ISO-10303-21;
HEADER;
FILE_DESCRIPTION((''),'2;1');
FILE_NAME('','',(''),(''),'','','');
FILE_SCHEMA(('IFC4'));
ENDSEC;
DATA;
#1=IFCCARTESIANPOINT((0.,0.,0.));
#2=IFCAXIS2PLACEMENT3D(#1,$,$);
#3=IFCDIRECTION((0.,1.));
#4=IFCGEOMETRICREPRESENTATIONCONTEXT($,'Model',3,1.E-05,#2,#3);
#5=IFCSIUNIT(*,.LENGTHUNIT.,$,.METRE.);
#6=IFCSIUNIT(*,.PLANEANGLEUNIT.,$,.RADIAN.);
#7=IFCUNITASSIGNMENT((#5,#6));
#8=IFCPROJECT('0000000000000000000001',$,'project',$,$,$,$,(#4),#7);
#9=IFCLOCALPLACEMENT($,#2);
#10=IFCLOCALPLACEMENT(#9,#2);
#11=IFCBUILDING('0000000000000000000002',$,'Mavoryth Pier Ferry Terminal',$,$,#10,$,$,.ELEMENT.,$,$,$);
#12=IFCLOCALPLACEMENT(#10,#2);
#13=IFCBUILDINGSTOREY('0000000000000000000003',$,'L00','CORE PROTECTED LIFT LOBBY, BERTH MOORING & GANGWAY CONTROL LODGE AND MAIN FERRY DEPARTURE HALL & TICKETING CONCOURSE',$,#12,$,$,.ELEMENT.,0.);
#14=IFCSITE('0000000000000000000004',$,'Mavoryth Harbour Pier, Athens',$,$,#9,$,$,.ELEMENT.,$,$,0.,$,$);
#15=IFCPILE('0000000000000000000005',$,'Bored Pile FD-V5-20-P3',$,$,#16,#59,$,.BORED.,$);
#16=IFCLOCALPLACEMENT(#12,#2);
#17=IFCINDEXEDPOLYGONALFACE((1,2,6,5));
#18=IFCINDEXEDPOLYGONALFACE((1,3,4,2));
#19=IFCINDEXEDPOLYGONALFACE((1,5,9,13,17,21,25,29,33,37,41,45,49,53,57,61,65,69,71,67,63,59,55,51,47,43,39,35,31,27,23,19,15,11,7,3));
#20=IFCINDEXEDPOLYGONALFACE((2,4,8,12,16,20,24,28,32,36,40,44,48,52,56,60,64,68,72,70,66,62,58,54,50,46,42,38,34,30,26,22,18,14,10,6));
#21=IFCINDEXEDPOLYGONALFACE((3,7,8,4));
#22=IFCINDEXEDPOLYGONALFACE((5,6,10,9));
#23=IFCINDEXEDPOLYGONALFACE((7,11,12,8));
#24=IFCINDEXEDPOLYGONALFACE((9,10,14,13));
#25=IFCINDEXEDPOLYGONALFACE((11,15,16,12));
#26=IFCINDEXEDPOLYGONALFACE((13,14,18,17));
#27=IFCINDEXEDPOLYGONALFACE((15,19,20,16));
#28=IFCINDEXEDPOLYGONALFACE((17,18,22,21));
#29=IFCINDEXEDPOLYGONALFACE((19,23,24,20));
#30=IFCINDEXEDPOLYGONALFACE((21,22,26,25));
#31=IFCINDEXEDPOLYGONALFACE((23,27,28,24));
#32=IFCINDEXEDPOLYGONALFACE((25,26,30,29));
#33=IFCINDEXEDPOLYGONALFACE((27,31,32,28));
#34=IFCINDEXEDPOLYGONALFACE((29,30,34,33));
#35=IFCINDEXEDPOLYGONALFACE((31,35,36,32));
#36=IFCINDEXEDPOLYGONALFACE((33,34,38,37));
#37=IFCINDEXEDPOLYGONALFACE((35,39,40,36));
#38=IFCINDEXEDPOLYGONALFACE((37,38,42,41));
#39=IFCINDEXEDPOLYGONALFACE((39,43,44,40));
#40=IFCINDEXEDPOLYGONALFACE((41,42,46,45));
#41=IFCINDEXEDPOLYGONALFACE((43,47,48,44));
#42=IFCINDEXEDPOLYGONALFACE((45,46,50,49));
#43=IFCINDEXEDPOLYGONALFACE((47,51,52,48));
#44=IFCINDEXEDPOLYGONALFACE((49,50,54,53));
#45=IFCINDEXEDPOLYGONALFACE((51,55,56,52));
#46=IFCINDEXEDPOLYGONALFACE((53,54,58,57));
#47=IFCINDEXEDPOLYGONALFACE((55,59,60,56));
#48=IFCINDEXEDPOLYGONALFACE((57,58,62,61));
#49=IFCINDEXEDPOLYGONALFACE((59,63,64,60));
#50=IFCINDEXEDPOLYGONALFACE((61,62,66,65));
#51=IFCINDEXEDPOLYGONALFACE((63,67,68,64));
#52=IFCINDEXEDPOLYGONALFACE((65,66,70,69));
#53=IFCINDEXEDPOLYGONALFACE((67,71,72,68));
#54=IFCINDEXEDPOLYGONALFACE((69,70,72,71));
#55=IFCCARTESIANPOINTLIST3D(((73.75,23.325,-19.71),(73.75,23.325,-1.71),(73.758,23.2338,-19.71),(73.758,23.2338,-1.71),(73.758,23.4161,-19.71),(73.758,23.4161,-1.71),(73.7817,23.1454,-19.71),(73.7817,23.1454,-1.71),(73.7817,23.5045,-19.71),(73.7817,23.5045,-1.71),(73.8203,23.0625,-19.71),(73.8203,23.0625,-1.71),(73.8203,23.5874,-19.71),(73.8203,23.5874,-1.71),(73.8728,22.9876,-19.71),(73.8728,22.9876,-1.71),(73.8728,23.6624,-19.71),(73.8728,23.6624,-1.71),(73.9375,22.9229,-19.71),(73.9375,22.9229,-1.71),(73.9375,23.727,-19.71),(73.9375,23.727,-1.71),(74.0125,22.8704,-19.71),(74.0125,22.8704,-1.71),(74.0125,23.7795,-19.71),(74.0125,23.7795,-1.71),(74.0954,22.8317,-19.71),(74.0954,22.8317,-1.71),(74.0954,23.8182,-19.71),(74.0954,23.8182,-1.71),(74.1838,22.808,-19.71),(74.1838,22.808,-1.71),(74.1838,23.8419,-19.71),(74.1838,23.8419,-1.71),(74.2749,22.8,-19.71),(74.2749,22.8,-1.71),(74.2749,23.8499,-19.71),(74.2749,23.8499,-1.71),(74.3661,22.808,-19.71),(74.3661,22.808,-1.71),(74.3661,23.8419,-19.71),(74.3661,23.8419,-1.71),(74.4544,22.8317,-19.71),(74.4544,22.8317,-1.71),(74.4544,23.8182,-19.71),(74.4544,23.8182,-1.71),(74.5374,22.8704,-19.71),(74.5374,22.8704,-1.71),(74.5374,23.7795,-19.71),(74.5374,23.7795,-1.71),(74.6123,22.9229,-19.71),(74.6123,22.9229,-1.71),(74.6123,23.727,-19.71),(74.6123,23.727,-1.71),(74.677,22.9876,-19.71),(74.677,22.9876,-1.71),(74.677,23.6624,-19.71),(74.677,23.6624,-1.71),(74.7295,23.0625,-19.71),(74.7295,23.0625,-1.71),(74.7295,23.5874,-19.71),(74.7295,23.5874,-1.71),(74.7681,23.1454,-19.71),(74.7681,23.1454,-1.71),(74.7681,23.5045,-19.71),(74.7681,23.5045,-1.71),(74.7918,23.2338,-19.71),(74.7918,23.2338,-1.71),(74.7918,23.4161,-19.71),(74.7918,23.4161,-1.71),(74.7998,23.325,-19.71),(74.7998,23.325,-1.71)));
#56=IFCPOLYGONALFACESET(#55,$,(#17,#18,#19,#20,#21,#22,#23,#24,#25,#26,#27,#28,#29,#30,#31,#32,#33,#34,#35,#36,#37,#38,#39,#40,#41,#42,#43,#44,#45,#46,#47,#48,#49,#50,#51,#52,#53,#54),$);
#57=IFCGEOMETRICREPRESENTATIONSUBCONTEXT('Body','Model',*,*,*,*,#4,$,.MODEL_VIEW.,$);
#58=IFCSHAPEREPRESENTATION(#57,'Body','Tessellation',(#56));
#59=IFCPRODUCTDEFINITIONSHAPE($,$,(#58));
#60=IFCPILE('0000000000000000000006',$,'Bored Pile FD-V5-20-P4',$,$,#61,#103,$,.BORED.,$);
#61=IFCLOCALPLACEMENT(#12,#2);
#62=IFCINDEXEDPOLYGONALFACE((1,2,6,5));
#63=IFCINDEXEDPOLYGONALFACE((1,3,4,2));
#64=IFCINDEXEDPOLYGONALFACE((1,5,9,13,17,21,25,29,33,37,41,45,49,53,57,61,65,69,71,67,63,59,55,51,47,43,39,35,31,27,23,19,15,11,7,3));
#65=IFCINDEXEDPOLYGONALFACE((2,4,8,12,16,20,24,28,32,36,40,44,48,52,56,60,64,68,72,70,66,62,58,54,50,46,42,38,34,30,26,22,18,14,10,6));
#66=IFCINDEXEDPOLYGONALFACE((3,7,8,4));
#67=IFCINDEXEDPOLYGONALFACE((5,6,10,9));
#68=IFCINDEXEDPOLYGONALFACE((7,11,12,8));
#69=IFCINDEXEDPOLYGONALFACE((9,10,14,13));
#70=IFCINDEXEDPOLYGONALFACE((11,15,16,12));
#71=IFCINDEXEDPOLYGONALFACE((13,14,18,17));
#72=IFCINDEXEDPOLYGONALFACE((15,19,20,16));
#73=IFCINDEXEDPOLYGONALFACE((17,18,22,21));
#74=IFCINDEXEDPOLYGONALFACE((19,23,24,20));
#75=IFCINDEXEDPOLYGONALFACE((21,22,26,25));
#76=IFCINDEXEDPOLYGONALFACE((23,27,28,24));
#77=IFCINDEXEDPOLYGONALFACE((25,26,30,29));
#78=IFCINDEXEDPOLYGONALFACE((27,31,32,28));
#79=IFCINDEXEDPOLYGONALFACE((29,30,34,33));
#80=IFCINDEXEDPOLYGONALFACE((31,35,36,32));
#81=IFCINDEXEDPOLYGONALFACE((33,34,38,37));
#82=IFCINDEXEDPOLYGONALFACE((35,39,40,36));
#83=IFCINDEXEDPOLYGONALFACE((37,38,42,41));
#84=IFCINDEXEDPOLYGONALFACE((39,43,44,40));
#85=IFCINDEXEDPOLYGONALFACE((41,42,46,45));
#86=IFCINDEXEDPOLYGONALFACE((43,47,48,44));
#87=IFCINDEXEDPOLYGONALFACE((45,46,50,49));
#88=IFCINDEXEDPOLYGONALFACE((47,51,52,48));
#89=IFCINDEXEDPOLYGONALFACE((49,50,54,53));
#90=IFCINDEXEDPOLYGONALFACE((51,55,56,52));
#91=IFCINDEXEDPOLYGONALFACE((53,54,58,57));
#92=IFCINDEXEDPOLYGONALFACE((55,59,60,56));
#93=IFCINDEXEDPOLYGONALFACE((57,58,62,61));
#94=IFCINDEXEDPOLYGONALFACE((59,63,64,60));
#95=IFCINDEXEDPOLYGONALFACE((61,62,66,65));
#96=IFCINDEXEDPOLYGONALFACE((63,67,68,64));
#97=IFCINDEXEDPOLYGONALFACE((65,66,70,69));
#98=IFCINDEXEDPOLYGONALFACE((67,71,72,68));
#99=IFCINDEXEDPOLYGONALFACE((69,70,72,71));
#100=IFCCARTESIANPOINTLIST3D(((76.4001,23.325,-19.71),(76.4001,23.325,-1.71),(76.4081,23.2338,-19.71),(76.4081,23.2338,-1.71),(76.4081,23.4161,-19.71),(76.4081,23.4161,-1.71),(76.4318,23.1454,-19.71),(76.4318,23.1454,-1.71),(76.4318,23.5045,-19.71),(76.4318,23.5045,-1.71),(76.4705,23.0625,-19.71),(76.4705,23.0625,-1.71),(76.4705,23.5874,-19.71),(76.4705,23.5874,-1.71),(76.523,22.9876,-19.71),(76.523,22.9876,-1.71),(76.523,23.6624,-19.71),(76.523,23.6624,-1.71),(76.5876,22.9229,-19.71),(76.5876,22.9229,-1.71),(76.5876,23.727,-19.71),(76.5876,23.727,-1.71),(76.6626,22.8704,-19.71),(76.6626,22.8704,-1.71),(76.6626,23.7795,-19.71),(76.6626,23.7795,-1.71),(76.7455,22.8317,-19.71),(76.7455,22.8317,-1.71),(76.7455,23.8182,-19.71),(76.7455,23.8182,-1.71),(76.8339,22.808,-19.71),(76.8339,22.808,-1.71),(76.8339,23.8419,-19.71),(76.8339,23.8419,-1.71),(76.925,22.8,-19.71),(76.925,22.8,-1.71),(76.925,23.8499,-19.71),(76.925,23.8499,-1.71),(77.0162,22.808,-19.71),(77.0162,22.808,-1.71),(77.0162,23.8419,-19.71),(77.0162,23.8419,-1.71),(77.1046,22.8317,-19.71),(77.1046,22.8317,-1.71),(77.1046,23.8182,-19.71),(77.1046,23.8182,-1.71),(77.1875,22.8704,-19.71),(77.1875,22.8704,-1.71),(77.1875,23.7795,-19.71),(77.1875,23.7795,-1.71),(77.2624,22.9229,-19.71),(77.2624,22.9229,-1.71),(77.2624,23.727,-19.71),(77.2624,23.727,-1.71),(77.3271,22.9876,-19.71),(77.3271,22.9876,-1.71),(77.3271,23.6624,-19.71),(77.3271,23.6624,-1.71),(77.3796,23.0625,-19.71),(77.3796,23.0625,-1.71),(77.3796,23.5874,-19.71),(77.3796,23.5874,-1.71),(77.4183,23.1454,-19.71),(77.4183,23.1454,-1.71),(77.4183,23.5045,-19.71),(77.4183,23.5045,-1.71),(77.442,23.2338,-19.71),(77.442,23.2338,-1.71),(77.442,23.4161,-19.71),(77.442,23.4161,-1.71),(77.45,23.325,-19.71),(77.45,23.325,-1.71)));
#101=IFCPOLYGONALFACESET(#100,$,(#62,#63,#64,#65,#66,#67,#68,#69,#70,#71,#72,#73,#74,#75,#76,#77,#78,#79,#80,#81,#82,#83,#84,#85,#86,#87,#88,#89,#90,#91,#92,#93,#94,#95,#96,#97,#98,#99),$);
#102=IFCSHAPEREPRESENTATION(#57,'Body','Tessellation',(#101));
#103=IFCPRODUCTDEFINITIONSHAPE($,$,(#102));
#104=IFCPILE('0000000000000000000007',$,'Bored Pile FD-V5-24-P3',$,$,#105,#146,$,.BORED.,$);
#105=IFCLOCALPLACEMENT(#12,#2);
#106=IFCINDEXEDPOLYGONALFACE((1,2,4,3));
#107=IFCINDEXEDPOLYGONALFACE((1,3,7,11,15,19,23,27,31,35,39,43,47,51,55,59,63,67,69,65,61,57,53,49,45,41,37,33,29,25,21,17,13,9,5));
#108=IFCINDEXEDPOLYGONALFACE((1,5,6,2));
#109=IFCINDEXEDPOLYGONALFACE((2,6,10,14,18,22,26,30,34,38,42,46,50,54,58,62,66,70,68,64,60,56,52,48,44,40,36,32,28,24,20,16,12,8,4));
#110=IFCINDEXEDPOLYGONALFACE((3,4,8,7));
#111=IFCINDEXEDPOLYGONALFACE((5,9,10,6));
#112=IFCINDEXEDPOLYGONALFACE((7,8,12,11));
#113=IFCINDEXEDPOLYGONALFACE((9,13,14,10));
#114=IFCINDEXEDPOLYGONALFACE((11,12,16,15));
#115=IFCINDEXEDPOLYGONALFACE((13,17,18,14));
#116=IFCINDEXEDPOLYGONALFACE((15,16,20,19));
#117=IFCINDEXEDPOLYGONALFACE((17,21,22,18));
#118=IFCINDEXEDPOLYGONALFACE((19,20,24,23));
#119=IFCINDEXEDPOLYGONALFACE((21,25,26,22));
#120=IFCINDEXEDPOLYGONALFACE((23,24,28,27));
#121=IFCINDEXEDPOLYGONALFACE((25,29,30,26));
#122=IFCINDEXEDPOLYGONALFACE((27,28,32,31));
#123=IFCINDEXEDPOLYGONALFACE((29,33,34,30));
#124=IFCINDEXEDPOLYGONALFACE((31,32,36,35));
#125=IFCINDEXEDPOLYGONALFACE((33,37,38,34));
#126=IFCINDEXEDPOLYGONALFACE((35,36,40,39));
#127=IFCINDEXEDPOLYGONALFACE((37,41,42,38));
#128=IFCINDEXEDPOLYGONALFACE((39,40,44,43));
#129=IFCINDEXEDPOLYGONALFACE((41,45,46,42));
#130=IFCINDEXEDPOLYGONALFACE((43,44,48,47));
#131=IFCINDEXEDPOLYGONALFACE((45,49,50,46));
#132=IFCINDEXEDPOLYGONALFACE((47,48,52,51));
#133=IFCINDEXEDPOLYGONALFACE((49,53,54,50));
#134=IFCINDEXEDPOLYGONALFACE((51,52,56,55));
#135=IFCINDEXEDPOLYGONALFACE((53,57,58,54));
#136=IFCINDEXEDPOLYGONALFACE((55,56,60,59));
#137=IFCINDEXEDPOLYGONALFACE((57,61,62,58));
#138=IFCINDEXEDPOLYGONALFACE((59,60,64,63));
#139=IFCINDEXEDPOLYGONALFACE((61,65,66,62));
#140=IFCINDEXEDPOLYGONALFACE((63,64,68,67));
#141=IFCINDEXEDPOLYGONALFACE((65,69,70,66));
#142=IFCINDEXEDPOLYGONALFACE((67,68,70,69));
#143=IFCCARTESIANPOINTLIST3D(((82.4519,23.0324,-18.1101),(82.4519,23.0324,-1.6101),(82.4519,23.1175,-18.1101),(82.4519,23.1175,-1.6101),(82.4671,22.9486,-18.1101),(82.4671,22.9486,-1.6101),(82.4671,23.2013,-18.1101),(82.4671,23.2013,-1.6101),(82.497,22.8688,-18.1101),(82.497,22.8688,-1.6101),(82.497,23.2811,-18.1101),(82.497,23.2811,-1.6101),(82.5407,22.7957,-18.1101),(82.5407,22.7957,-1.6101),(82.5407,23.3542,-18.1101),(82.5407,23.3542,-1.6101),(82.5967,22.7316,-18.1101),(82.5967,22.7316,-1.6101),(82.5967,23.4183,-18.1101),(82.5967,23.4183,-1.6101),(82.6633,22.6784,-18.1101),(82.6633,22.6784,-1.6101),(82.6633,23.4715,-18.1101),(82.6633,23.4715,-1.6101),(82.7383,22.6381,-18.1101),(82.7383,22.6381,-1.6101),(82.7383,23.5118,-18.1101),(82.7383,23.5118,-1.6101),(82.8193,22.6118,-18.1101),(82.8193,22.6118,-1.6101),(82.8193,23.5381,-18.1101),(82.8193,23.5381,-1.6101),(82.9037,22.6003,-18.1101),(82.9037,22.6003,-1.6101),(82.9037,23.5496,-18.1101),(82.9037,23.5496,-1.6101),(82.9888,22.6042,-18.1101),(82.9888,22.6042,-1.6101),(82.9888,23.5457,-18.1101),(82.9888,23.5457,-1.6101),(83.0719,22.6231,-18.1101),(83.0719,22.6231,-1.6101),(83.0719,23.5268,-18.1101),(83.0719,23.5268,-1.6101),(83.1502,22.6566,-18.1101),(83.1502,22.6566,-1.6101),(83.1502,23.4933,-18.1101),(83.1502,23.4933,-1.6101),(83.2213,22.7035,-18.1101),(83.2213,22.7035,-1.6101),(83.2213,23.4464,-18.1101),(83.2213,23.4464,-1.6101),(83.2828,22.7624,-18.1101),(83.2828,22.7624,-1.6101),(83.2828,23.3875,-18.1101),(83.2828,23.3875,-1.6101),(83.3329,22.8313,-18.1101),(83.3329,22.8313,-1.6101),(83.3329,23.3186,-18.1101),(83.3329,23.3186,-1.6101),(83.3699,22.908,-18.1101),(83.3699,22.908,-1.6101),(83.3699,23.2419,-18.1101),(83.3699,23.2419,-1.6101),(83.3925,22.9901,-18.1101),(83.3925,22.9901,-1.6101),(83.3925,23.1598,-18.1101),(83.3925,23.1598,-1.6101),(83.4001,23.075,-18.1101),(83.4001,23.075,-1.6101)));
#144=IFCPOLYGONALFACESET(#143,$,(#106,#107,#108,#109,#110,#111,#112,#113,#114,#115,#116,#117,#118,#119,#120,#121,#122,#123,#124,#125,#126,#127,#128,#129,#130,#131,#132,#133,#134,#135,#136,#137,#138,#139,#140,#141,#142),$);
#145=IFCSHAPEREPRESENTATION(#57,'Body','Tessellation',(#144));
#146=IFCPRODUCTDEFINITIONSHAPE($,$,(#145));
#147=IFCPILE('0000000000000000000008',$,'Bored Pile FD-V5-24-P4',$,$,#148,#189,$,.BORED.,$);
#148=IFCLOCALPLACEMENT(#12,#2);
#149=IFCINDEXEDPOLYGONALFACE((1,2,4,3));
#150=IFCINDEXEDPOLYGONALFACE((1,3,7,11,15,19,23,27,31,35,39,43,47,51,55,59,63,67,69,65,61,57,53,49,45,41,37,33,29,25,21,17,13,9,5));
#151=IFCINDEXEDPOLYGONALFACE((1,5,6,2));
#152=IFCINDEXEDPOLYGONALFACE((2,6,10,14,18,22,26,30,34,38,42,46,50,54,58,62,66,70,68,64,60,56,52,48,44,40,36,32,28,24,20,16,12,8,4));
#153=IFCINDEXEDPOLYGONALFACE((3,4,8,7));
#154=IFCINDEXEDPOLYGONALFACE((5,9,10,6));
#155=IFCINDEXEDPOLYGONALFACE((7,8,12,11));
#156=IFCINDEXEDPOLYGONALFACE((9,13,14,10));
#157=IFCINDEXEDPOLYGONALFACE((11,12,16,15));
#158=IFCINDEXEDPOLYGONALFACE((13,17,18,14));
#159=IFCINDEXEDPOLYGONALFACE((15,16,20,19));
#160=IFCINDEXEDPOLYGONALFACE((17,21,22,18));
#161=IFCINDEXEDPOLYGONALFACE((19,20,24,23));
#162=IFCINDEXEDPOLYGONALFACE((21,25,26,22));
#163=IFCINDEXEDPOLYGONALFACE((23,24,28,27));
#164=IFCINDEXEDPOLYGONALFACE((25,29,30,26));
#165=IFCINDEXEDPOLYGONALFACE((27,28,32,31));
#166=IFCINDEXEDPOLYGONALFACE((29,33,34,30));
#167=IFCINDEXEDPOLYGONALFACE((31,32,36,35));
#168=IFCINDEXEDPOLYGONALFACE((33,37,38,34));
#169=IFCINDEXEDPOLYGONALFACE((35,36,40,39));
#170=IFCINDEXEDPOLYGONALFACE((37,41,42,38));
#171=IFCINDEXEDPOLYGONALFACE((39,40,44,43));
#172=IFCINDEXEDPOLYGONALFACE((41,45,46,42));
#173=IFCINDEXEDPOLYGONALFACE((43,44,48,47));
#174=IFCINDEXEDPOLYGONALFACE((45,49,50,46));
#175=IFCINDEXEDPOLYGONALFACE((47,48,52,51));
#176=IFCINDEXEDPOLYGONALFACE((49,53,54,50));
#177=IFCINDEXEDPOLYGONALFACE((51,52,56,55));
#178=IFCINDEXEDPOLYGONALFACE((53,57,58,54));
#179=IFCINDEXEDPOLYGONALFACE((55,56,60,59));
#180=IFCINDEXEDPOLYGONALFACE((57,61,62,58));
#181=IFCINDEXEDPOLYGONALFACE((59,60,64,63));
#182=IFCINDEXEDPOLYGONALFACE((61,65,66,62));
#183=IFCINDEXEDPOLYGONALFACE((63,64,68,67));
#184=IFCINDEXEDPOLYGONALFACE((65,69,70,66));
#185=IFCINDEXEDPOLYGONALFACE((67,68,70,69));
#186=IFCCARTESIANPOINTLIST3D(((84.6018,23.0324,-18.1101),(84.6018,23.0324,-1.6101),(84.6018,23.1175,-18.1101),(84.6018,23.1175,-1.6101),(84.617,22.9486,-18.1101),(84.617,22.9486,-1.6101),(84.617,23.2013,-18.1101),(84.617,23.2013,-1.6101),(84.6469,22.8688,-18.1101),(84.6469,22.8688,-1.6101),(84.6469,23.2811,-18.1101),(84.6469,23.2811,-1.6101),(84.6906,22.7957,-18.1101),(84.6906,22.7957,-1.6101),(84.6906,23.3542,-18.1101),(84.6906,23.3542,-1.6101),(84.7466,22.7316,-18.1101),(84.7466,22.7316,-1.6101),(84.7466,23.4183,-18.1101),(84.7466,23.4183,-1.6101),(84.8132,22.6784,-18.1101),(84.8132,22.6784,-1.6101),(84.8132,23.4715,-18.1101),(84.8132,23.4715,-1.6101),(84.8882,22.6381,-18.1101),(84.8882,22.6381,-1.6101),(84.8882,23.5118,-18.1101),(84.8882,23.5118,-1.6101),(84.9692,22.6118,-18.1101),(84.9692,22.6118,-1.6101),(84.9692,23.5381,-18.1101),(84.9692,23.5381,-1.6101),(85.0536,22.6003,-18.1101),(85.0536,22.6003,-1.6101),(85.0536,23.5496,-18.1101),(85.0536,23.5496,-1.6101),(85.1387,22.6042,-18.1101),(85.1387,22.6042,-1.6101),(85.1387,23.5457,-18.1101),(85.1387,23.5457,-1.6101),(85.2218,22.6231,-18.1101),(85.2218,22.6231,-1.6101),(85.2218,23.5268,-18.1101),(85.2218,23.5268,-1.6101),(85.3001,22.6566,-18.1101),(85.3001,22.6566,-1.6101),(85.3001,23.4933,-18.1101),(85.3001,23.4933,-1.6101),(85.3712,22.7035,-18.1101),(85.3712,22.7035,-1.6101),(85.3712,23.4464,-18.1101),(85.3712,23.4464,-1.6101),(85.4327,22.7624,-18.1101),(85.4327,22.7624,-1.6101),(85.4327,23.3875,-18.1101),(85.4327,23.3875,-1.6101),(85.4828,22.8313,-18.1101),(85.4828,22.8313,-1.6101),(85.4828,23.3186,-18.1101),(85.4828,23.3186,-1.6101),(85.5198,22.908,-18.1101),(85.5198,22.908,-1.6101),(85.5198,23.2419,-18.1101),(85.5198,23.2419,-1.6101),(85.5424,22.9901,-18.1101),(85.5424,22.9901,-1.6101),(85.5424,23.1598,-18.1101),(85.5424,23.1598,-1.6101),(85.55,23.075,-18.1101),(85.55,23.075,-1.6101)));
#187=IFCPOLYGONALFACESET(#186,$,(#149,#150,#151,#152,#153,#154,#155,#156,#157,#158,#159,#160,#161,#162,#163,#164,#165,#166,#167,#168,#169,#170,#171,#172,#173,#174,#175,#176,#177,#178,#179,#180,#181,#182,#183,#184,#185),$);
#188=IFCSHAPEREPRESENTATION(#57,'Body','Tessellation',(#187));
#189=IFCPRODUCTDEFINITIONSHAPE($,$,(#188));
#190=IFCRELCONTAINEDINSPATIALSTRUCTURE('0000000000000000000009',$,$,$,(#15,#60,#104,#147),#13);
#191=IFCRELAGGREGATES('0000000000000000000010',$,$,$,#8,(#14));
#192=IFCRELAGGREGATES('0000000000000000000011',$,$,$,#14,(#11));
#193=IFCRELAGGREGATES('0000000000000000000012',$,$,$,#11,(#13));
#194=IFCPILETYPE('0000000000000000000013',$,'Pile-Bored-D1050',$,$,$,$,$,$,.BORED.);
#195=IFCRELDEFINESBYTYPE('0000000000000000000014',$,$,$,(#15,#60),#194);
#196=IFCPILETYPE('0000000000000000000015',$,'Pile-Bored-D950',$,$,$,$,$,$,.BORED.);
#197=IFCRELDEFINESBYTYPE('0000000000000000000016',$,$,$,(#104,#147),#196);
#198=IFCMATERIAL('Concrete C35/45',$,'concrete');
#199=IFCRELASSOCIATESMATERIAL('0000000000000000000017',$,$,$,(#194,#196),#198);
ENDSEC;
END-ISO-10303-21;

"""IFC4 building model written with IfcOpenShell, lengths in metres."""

from ifc_helpers import new_model, si_unit, direction, frame, origin, origin_2d, place, context, subcontext, project, spatial, circle, extrude, material, material_profile, profile_set, type_object, element, save


model = new_model("IFC4")

# Units and contexts
model_context = context("Model", 3, precision=1e-05, world=origin(), true_north=direction((0.0, 1.0)))
body_context = subcontext(model_context, "Body", "Model", "MODEL_VIEW")
ifc_project = project(units=[si_unit("LENGTHUNIT", "METRE"), si_unit("PLANEANGLEUNIT", "RADIAN")], contexts=[model_context])

# Site, building, storey
site_placement = place(None, origin())
site = spatial("IfcSite", under=ifc_project, at=site_placement, Name="Mavoryth Harbour Pier, Athens", CompositionType="ELEMENT", RefElevation=0.0)
building_placement = place(site_placement, origin())
building = spatial("IfcBuilding", under=site, at=building_placement, Name="Mavoryth Pier Ferry Terminal", CompositionType="ELEMENT")
storey_placement = place(building_placement, origin())
storey = spatial("IfcBuildingStorey", under=building, at=storey_placement, Name="L00", Description="CORE PROTECTED LIFT LOBBY, BERTH MOORING & GANGWAY CONTROL LODGE AND MAIN FERRY DEPARTURE HALL & TICKETING CONCOURSE", CompositionType="ELEMENT", Elevation=0.0)

# Shared definitions
ifc_material_1 = material(Name="Concrete C35/45", Category="concrete")

# Piles
ifc_material_profile_1 = material_profile(ifc_material_1, circle(Radius=0.5249, at=origin_2d()), Name="PILE D1050", Category="concrete")
ifc_profile_set_1 = profile_set([ifc_material_profile_1], Name="Concrete C35/45 - PILE D1050")
pile_type_1 = type_object("IfcPileType", Name="Pile-Bored-D1050", PredefinedType="BORED", material=ifc_profile_set_1)
for number, where, z_axis, x_axis, name in (
    (1, (74.2749, 23.325, -1.71), (0.0, 0.0, -1.0), (1.0, 0.0, 0.0), "Bored Pile FD-V5-20-P3"),
    (2, (76.925, 23.325, -1.71), (0.0, 0.0, -1.0), (1.0, 0.0, 0.0), "Bored Pile FD-V5-20-P4"),
):
    element("IfcPile", number, at=place(storey_placement, frame(where, z_axis=z_axis, x_axis=x_axis)), inside=storey, type_object=pile_type_1, Name=name, PredefinedType="BORED", context=body_context, shape_type="SweptSolid", body=[
        extrude(circle(Radius=0.5249, at=origin_2d()), origin(), (0.0, 0.0, 1.0), 18.0),
    ])
ifc_material_profile_2 = material_profile(ifc_material_1, circle(Radius=0.4751, at=origin_2d()), Name="PILE D950", Category="concrete")
ifc_profile_set_2 = profile_set([ifc_material_profile_2], Name="Concrete C35/45 - PILE D950")
pile_type_2 = type_object("IfcPileType", Name="Pile-Bored-D950", PredefinedType="BORED", material=ifc_profile_set_2)
for number, where, z_axis, x_axis, name in (
    (3, (82.925, 23.075, -1.6101), (0.0, 0.0, -1.0), (1.0, 0.0, 0.0), "Bored Pile FD-V5-24-P3"),
    (4, (85.075, 23.075, -1.6101), (0.0, 0.0, -1.0), (1.0, 0.0, 0.0), "Bored Pile FD-V5-24-P4"),
):
    element("IfcPile", number, at=place(storey_placement, frame(where, z_axis=z_axis, x_axis=x_axis)), inside=storey, type_object=pile_type_2, Name=name, PredefinedType="BORED", context=body_context, shape_type="SweptSolid", body=[
        extrude(circle(Radius=0.4751, at=origin_2d()), origin(), (0.0, 0.0, 1.0), 16.5),
    ])

save(model, "model.ifc")
